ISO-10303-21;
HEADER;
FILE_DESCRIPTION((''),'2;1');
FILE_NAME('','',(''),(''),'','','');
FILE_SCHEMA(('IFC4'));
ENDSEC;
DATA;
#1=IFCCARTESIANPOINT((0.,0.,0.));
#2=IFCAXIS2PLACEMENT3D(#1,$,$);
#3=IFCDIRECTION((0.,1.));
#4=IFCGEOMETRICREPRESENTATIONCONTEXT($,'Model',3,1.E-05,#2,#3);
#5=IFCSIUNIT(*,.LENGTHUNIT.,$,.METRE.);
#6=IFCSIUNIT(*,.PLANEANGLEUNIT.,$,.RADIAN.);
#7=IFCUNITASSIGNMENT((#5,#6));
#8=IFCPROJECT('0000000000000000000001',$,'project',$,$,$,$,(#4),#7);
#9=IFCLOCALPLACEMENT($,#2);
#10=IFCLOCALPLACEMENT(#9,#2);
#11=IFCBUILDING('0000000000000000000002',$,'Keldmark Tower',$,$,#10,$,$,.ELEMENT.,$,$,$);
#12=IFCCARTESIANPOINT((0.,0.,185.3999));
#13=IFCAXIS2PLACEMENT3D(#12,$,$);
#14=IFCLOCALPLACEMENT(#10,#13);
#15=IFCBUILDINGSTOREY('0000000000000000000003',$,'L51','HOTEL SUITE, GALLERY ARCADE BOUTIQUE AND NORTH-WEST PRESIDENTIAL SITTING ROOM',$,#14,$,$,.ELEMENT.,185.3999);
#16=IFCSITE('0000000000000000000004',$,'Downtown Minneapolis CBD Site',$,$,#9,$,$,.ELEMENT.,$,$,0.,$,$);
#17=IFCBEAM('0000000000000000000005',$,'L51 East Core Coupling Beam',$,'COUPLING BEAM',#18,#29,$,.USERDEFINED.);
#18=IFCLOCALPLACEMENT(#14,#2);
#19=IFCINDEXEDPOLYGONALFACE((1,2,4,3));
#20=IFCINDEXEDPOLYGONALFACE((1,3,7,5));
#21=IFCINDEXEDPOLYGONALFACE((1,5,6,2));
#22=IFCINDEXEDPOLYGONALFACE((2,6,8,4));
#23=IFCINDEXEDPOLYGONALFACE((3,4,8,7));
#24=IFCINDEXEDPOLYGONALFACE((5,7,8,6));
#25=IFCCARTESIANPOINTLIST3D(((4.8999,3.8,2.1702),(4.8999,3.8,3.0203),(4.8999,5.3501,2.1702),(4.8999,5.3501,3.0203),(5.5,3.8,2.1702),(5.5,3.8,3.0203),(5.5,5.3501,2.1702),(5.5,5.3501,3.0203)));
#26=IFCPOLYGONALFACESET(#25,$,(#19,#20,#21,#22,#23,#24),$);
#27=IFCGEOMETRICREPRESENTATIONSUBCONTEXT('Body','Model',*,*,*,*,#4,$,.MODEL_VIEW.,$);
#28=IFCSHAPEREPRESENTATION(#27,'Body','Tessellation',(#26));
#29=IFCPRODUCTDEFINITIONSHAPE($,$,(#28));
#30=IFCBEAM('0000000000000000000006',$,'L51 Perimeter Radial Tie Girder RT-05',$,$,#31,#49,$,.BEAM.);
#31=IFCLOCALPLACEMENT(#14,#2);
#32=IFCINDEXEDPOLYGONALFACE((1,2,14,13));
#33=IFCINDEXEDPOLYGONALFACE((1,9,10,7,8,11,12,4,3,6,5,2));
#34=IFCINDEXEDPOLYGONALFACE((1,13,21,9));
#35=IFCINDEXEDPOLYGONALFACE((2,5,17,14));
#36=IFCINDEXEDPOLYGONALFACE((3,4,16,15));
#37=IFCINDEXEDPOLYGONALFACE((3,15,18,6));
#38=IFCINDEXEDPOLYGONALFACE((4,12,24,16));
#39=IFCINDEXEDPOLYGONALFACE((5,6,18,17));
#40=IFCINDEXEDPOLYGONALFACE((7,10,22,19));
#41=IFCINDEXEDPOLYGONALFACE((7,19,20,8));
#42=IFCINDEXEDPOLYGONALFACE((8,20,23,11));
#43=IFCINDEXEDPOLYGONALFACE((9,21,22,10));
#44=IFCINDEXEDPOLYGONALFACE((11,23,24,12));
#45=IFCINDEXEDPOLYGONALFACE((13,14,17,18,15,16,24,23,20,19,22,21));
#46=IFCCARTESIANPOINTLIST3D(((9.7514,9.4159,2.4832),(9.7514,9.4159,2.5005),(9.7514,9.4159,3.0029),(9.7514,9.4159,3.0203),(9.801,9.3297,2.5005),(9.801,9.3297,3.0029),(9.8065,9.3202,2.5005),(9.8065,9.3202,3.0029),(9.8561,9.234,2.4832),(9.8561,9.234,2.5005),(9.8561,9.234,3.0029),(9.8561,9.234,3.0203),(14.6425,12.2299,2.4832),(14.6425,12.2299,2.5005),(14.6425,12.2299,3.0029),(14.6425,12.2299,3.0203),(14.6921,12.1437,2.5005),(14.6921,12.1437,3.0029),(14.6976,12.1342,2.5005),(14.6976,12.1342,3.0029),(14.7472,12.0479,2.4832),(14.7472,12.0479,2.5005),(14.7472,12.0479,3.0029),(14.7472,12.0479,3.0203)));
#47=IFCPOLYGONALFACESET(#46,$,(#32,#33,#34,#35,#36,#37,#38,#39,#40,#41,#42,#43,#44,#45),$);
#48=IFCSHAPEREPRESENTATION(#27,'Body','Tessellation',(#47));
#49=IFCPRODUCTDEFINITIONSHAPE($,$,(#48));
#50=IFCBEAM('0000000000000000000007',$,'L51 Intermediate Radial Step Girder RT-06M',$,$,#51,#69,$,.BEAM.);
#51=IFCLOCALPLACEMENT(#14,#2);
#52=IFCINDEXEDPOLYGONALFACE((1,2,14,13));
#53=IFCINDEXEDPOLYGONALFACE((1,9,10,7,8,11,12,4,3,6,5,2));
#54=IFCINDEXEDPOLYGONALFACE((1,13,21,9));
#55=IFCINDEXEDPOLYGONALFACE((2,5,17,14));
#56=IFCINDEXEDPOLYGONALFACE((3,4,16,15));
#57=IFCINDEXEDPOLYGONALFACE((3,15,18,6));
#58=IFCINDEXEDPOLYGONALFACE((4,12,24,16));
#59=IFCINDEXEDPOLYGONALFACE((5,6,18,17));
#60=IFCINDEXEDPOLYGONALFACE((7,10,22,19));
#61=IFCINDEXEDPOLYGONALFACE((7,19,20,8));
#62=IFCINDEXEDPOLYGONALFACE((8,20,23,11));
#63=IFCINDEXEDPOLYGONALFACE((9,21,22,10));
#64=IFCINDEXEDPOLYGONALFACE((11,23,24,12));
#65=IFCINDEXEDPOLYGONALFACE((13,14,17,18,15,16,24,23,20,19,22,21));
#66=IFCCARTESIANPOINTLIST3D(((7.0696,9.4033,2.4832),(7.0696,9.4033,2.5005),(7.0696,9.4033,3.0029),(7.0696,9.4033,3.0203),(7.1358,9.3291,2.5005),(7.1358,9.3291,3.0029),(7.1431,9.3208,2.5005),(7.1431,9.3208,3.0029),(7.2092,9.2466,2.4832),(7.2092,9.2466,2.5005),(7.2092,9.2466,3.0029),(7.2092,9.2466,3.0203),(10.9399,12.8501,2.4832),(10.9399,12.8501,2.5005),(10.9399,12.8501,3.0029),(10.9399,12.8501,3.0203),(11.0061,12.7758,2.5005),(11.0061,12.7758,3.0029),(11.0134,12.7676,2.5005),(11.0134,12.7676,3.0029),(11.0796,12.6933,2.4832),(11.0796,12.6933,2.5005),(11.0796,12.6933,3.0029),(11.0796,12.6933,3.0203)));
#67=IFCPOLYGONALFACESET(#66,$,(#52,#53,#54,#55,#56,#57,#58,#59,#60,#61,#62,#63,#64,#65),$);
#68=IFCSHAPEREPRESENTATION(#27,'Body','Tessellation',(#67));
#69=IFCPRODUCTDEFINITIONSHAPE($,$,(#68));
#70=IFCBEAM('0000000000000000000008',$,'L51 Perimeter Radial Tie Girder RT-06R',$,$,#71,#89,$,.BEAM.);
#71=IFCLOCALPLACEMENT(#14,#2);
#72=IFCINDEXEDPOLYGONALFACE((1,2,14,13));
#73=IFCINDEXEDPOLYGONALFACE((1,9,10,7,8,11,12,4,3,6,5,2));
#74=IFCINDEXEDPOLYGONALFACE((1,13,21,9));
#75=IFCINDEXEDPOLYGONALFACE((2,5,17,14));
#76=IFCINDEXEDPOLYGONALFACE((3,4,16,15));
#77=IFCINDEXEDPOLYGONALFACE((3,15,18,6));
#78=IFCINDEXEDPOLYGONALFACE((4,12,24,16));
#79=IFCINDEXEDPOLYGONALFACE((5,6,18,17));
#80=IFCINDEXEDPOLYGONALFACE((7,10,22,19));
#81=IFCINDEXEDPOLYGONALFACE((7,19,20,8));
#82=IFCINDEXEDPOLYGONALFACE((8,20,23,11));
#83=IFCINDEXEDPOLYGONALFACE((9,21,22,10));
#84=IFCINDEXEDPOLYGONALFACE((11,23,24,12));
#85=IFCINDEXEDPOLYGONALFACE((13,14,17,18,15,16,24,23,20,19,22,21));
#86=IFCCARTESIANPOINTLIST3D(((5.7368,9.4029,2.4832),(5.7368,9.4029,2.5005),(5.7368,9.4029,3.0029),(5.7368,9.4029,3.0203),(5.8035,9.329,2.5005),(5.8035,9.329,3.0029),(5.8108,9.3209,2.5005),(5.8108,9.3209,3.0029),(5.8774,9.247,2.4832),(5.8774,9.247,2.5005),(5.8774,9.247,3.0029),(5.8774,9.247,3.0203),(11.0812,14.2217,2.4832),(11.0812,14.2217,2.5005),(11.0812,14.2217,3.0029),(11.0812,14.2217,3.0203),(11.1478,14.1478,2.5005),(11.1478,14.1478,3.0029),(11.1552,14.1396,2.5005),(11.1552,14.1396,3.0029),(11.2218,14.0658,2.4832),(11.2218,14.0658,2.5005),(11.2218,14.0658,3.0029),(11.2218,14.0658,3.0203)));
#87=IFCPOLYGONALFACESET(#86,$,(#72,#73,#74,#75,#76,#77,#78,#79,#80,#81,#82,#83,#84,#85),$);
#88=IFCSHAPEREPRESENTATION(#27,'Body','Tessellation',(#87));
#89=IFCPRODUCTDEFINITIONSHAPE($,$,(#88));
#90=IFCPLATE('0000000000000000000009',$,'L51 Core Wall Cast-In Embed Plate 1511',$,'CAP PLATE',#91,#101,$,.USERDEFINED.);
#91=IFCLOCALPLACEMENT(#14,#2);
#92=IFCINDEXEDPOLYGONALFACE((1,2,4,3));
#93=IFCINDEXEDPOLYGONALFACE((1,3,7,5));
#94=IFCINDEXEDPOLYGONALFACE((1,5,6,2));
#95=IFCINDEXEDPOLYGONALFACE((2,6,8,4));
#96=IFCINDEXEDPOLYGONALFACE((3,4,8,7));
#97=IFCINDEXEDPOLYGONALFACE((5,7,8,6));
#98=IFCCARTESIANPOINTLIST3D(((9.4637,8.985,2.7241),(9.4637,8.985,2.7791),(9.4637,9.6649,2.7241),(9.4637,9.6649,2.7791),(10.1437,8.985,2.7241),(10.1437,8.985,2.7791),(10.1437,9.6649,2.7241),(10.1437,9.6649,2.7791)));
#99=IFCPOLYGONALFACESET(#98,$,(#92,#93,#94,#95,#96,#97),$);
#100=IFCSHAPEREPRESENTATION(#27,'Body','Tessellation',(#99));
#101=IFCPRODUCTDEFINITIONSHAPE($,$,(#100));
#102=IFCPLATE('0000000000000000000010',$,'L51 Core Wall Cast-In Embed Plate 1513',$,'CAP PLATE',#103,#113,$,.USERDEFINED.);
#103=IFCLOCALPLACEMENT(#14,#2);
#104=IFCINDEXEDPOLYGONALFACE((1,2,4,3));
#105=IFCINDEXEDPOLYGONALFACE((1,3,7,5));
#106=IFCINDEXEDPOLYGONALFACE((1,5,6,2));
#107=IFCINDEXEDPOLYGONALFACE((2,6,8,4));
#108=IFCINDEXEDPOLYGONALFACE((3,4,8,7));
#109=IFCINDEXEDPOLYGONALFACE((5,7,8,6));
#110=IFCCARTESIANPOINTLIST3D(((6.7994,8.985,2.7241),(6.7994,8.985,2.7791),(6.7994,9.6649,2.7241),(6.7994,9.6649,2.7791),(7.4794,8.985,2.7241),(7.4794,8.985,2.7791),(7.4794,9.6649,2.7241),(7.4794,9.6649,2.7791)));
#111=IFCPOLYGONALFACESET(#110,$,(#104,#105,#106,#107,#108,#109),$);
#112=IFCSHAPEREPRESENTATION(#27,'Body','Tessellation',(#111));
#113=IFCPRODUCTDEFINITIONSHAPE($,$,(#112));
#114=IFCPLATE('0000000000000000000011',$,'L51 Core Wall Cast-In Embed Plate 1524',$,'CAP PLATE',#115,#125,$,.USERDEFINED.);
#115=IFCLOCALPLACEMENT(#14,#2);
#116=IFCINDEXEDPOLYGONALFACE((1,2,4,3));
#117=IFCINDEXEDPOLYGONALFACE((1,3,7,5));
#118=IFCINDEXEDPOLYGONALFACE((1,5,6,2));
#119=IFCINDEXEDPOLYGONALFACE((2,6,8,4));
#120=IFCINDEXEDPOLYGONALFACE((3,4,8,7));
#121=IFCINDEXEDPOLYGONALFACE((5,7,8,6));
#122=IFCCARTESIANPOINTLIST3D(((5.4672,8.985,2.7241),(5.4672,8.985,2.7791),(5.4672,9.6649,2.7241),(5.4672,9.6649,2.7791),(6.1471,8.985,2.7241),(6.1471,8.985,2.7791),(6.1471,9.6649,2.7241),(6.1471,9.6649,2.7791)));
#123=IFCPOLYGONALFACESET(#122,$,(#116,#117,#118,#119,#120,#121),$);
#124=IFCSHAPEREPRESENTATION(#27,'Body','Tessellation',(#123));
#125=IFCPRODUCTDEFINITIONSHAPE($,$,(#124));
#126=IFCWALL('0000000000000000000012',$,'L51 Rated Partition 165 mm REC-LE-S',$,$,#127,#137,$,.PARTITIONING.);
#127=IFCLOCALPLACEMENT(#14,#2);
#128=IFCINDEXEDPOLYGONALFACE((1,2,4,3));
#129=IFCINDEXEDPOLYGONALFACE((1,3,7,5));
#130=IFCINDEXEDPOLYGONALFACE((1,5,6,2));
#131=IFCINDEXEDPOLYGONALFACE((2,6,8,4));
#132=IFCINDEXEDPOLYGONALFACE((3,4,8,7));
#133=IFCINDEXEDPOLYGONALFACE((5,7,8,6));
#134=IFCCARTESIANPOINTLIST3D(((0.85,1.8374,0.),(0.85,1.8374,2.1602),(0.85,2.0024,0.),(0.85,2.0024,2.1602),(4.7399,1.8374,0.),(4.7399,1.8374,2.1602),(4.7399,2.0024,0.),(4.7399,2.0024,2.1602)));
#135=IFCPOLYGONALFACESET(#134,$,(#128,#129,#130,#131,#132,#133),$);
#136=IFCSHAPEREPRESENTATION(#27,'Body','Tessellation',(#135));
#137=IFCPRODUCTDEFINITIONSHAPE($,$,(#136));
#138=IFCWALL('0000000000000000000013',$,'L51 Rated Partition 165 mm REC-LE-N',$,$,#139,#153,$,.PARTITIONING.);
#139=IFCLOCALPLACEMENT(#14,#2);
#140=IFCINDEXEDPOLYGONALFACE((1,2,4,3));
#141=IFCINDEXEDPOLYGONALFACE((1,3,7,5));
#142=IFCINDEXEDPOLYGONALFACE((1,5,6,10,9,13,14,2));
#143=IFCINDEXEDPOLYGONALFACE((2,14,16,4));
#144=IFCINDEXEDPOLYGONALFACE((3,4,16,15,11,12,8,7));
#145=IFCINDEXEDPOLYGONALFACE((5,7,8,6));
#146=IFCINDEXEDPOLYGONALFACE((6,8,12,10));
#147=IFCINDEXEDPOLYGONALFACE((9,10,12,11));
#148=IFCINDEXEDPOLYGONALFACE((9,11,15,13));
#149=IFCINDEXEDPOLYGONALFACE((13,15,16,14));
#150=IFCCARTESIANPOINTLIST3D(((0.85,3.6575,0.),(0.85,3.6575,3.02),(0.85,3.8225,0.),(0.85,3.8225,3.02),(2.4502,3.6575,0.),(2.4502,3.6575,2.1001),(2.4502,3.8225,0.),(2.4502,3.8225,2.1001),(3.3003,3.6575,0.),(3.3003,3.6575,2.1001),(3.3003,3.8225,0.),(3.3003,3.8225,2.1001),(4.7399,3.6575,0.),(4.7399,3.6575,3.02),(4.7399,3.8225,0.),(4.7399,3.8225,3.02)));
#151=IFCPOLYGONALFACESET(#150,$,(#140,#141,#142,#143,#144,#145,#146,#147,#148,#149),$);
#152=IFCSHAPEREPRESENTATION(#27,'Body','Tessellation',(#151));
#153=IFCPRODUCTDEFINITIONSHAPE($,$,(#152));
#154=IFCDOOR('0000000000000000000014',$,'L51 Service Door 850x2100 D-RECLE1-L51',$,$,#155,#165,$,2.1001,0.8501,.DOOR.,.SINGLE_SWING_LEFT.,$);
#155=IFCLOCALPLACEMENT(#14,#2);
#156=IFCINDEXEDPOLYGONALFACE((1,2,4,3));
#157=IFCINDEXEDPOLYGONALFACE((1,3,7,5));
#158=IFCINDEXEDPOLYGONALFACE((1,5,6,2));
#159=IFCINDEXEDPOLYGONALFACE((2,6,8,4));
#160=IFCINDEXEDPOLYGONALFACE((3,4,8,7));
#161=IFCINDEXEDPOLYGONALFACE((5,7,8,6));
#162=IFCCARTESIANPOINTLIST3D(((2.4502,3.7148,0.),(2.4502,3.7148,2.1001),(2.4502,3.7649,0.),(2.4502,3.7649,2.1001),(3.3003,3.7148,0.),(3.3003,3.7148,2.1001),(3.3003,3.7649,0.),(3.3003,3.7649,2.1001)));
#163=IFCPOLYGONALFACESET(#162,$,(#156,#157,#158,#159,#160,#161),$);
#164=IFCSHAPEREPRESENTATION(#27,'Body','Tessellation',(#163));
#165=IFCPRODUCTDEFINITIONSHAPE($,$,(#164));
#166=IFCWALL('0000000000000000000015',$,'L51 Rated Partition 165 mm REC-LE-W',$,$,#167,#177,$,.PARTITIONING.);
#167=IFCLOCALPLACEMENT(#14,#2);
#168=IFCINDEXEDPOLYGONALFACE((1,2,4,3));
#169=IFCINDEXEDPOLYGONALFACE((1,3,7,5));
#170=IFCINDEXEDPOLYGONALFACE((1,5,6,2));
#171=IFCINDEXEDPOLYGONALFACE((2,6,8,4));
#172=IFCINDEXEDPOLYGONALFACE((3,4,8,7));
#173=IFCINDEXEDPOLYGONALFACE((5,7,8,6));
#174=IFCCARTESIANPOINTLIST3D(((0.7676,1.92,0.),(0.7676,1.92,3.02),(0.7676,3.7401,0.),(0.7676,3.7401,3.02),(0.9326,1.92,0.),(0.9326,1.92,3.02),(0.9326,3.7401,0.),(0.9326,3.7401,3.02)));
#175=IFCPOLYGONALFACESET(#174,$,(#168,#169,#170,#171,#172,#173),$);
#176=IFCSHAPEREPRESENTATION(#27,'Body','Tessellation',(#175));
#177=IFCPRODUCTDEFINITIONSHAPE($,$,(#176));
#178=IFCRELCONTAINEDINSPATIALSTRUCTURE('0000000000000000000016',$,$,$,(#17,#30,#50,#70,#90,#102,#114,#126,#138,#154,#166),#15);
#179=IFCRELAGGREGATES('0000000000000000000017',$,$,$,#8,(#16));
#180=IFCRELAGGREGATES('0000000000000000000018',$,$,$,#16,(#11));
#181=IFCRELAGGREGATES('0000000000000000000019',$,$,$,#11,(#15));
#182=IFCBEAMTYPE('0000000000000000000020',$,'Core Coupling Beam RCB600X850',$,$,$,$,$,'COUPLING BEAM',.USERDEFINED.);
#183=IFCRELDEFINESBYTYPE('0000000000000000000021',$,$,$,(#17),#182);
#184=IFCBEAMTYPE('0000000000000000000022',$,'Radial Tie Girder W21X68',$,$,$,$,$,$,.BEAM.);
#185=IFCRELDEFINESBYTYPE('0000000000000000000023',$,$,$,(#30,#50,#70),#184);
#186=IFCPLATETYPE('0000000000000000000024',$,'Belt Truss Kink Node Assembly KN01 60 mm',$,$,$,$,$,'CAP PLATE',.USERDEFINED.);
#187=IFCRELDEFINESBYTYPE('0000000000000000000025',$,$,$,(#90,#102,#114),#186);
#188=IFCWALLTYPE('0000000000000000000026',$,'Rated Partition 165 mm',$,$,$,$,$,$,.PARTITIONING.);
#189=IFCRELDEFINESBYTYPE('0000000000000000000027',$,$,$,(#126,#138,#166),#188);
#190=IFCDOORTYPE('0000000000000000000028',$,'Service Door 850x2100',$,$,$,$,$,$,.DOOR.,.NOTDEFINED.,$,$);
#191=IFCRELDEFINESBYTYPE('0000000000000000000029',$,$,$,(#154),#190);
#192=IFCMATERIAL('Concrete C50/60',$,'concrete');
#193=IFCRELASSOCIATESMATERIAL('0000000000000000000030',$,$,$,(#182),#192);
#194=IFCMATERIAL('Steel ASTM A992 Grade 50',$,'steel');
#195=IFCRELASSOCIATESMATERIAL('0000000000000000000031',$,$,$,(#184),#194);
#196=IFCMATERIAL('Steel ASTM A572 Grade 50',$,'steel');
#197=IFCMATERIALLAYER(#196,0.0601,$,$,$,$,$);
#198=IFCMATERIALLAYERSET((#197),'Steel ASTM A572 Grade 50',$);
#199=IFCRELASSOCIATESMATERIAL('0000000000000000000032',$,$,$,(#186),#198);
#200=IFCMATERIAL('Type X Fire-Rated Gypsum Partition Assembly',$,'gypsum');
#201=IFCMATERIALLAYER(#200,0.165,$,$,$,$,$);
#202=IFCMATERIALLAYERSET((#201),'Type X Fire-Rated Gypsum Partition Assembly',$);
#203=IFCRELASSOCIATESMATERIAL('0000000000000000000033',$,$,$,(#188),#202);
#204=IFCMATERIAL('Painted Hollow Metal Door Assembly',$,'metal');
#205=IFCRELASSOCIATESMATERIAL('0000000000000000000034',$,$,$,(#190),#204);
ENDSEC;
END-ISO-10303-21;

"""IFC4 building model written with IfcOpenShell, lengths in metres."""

from ifc_helpers import new_model, si_unit, direction, frame, frame_2d, origin, origin_2d, place, context, subcontext, project, spatial, rectangle, i_section, extrude, material, layer, layer_set, material_profile, profile_set, type_object, element, fill, save


model = new_model("IFC4")

# Units and contexts
model_context = context("Model", 3, precision=1e-05, world=origin(), true_north=direction((0.0, 1.0)))
body_context = subcontext(model_context, "Body", "Model", "MODEL_VIEW")
ifc_project = project(units=[si_unit("LENGTHUNIT", "METRE"), si_unit("PLANEANGLEUNIT", "RADIAN")], contexts=[model_context])

# Site, building, storey
site_placement = place(None, origin())
site = spatial("IfcSite", under=ifc_project, at=site_placement, Name="Downtown Minneapolis CBD Site", CompositionType="ELEMENT", RefElevation=0.0)
building_placement = place(site_placement, origin())
building = spatial("IfcBuilding", under=site, at=building_placement, Name="Keldmark Tower", CompositionType="ELEMENT")
storey_placement = place(building_placement, frame((0.0, 0.0, 185.3999)))
storey = spatial("IfcBuildingStorey", under=building, at=storey_placement, Name="L51", Description="HOTEL SUITE, GALLERY ARCADE BOUTIQUE AND NORTH-WEST PRESIDENTIAL SITTING ROOM", CompositionType="ELEMENT", Elevation=185.3999)

# Beams
ifc_material_1 = material(Name="Concrete C50/60", Category="concrete")
ifc_material_profile_1 = material_profile(ifc_material_1, rectangle(XDim=0.6001, YDim=0.8501, at=origin_2d()), Name="RCB600X850")
ifc_profile_set_1 = profile_set([ifc_material_profile_1], Name="Concrete C50/60")
beam_type_1 = type_object("IfcBeamType", Name="Core Coupling Beam RCB600X850", ElementType="COUPLING BEAM", PredefinedType="USERDEFINED", material=ifc_profile_set_1)
beam_1_placement = place(storey_placement, frame((5.2, 3.8, 2.5952), z_axis=(0.0, 1.0, 0.0), x_axis=(-1.0, 0.0, 0.0)))
element("IfcBeam", 1, at=beam_1_placement, inside=storey, type_object=beam_type_1, Name="L51 East Core Coupling Beam", ObjectType="COUPLING BEAM", PredefinedType="USERDEFINED", context=body_context, shape_type="SweptSolid", body=[
    extrude(rectangle(XDim=0.6001, YDim=0.8501, at=origin_2d()), origin(), (0.0, 0.0, 1.0), 1.55),
])
ifc_material_2 = material(Name="Steel ASTM A992 Grade 50", Category="steel")
ifc_material_profile_2 = material_profile(ifc_material_2, i_section(OverallWidth=0.21, OverallDepth=0.5371, WebThickness=0.011, FlangeThickness=0.0173, at=origin_2d()), Name="W21X68")
ifc_profile_set_2 = profile_set([ifc_material_profile_2], Name="Steel ASTM A992 Grade 50")
beam_type_2 = type_object("IfcBeamType", Name="Radial Tie Girder W21X68", PredefinedType="BEAM", material=ifc_profile_set_2)
beam_2_placement = place(storey_placement, frame((9.8037, 9.325, 2.7517), z_axis=(0.866786, 0.498681, 0.0), x_axis=(-0.498681, 0.866786, 0.0)))
element("IfcBeam", 2, at=beam_2_placement, inside=storey, type_object=beam_type_2, Name="L51 Perimeter Radial Tie Girder RT-05", PredefinedType="BEAM", context=body_context, shape_type="SweptSolid", body=[
    extrude(i_section(OverallWidth=0.21, OverallDepth=0.5371, WebThickness=0.011, FlangeThickness=0.0173, at=origin_2d()), origin(), (0.0, 0.0, 1.0), 5.6428),
])
beam_3_placement = place(storey_placement, frame((7.1394, 9.325, 2.7517), z_axis=(0.74679, 0.665059, 0.0), x_axis=(-0.665059, 0.74679, 0.0)))
element("IfcBeam", 3, at=beam_3_placement, inside=storey, type_object=beam_type_2, Name="L51 Intermediate Radial Step Girder RT-06M", PredefinedType="BEAM", context=body_context, shape_type="SweptSolid", body=[
    extrude(i_section(OverallWidth=0.21, OverallDepth=0.5371, WebThickness=0.011, FlangeThickness=0.0173, at=origin_2d()), origin(), (0.0, 0.0, 1.0), 5.1826),
])
beam_4_placement = place(storey_placement, frame((5.8071, 9.325, 2.7517), z_axis=(0.742685, 0.669641, 0.0), x_axis=(-0.669641, 0.742685, 0.0)))
element("IfcBeam", 4, at=beam_4_placement, inside=storey, type_object=beam_type_2, Name="L51 Perimeter Radial Tie Girder RT-06R", PredefinedType="BEAM", context=body_context, shape_type="SweptSolid", body=[
    extrude(i_section(OverallWidth=0.21, OverallDepth=0.5371, WebThickness=0.011, FlangeThickness=0.0173, at=origin_2d()), origin(), (0.0, 0.0, 1.0), 7.196),
])

# Plates
ifc_material_3 = material(Name="Steel ASTM A572 Grade 50", Category="steel")
ifc_layer_1 = layer(ifc_material_3, 0.0601)
ifc_layer_set_1 = layer_set([ifc_layer_1], Name="Steel ASTM A572 Grade 50")
plate_type = type_object("IfcPlateType", Name="Belt Truss Kink Node Assembly KN01 60 mm", ElementType="CAP PLATE", PredefinedType="USERDEFINED", material=ifc_layer_set_1)
for number, where, z_axis, x_axis, name in (
    (5, (9.8037, 9.325, 2.7241), (0.0, 0.0, 1.0), (1.0, 0.0, 0.0), "L51 Core Wall Cast-In Embed Plate 1511"),
    (6, (7.1394, 9.325, 2.7241), (0.0, 0.0, 1.0), (1.0, 0.0, 0.0), "L51 Core Wall Cast-In Embed Plate 1513"),
    (7, (5.8071, 9.325, 2.7241), (0.0, 0.0, 1.0), (1.0, 0.0, 0.0), "L51 Core Wall Cast-In Embed Plate 1524"),
):
    element("IfcPlate", number, at=place(storey_placement, frame(where, z_axis=z_axis, x_axis=x_axis)), inside=storey, type_object=plate_type, Name=name, ObjectType="CAP PLATE", PredefinedType="USERDEFINED", context=body_context, shape_type="SweptSolid", body=[
        extrude(rectangle(XDim=0.6799, YDim=0.6799, at=origin_2d()), origin(), (0.0, 0.0, 1.0), 0.0549),
    ])

# Wall
ifc_material_4 = material(Name="Type X Fire-Rated Gypsum Partition Assembly", Category="gypsum")
ifc_layer_2 = layer(ifc_material_4, 0.165)
ifc_layer_set_2 = layer_set([ifc_layer_2], Name="Type X Fire-Rated Gypsum Partition Assembly")
wall_type_1 = type_object("IfcWallType", Name="Rated Partition 165 mm", PredefinedType="PARTITIONING", material=ifc_layer_set_2)
wall_1_placement = place(storey_placement, frame((0.8501, 1.9199, 0.0), z_axis=(0.0, 0.0, 1.0), x_axis=(1.0, 0.0, 0.0)))
element("IfcWall", 8, at=wall_1_placement, inside=storey, type_object=wall_type_1, Name="L51 Rated Partition 165 mm REC-LE-S", PredefinedType="PARTITIONING", context=body_context, shape_type="SweptSolid", body=[
    extrude(rectangle(XDim=3.8899, YDim=0.165, at=frame_2d((1.9448, 0.0))), origin(), (0.0, 0.0, 1.0), 2.1602),
])

# Wall, opening, door
wall_2_placement = place(storey_placement, frame((0.8501, 3.74, 0.0), z_axis=(0.0, 0.0, 1.0), x_axis=(1.0, 0.0, 0.0)))
wall_2 = element("IfcWall", 9, at=wall_2_placement, inside=storey, type_object=wall_type_1, Name="L51 Rated Partition 165 mm REC-LE-N", PredefinedType="PARTITIONING", context=body_context, shape_type="SweptSolid", body=[
    extrude(rectangle(XDim=3.8899, YDim=0.165, at=frame_2d((1.9448, 0.0))), origin(), (0.0, 0.0, 1.0), 3.02),
])
opening_1_placement = place(wall_2_placement, frame((1.6001, 0.0, 0.0)))
opening_1 = element("IfcOpeningElement", 10, at=opening_1_placement, cuts=wall_2, PredefinedType="OPENING", context=body_context, shape_type="SweptSolid", body=[
    extrude(rectangle(XDim=0.8501, YDim=2.1001, at=frame_2d((0.425, 1.05))), frame((0.0, 0.0925, 0.0), z_axis=(0.0, -1.0, 0.0), x_axis=(1.0, 0.0, 0.0)), (0.0, 0.0, 1.0), 0.1851),
])
ifc_material_5 = material(Name="Painted Hollow Metal Door Assembly", Category="metal")
door_type_1 = type_object("IfcDoorType", Name="Service Door 850x2100", OperationType="NOTDEFINED", PredefinedType="DOOR", material=ifc_material_5)
door_1_placement = place(opening_1_placement, origin())
door_1 = element("IfcDoor", 11, at=door_1_placement, inside=storey, type_object=door_type_1, Name="L51 Service Door 850x2100 D-RECLE1-L51", OperationType="SINGLE_SWING_LEFT", OverallHeight=2.1001, OverallWidth=0.8501, PredefinedType="DOOR", context=body_context, shape_type="SweptSolid", body=[
    extrude(rectangle(XDim=0.8501, YDim=2.1001, at=frame_2d((0.425, 1.05))), frame((0.0, 0.0249, 0.0), z_axis=(0.0, -1.0, 0.0), x_axis=(1.0, 0.0, 0.0)), (0.0, 0.0, 1.0), 0.05),
])
fill(opening_1, door_1)

# Wall
wall_3_placement = place(storey_placement, frame((0.8501, 1.9199, 0.0), z_axis=(0.0, 0.0, 1.0), x_axis=(0.0, 1.0, 0.0)))
element("IfcWall", 12, at=wall_3_placement, inside=storey, type_object=wall_type_1, Name="L51 Rated Partition 165 mm REC-LE-W", PredefinedType="PARTITIONING", context=body_context, shape_type="SweptSolid", body=[
    extrude(rectangle(XDim=1.8201, YDim=0.165, at=frame_2d((0.9102, 0.0))), origin(), (0.0, 0.0, 1.0), 3.02),
])

save(model, "model.ifc")
